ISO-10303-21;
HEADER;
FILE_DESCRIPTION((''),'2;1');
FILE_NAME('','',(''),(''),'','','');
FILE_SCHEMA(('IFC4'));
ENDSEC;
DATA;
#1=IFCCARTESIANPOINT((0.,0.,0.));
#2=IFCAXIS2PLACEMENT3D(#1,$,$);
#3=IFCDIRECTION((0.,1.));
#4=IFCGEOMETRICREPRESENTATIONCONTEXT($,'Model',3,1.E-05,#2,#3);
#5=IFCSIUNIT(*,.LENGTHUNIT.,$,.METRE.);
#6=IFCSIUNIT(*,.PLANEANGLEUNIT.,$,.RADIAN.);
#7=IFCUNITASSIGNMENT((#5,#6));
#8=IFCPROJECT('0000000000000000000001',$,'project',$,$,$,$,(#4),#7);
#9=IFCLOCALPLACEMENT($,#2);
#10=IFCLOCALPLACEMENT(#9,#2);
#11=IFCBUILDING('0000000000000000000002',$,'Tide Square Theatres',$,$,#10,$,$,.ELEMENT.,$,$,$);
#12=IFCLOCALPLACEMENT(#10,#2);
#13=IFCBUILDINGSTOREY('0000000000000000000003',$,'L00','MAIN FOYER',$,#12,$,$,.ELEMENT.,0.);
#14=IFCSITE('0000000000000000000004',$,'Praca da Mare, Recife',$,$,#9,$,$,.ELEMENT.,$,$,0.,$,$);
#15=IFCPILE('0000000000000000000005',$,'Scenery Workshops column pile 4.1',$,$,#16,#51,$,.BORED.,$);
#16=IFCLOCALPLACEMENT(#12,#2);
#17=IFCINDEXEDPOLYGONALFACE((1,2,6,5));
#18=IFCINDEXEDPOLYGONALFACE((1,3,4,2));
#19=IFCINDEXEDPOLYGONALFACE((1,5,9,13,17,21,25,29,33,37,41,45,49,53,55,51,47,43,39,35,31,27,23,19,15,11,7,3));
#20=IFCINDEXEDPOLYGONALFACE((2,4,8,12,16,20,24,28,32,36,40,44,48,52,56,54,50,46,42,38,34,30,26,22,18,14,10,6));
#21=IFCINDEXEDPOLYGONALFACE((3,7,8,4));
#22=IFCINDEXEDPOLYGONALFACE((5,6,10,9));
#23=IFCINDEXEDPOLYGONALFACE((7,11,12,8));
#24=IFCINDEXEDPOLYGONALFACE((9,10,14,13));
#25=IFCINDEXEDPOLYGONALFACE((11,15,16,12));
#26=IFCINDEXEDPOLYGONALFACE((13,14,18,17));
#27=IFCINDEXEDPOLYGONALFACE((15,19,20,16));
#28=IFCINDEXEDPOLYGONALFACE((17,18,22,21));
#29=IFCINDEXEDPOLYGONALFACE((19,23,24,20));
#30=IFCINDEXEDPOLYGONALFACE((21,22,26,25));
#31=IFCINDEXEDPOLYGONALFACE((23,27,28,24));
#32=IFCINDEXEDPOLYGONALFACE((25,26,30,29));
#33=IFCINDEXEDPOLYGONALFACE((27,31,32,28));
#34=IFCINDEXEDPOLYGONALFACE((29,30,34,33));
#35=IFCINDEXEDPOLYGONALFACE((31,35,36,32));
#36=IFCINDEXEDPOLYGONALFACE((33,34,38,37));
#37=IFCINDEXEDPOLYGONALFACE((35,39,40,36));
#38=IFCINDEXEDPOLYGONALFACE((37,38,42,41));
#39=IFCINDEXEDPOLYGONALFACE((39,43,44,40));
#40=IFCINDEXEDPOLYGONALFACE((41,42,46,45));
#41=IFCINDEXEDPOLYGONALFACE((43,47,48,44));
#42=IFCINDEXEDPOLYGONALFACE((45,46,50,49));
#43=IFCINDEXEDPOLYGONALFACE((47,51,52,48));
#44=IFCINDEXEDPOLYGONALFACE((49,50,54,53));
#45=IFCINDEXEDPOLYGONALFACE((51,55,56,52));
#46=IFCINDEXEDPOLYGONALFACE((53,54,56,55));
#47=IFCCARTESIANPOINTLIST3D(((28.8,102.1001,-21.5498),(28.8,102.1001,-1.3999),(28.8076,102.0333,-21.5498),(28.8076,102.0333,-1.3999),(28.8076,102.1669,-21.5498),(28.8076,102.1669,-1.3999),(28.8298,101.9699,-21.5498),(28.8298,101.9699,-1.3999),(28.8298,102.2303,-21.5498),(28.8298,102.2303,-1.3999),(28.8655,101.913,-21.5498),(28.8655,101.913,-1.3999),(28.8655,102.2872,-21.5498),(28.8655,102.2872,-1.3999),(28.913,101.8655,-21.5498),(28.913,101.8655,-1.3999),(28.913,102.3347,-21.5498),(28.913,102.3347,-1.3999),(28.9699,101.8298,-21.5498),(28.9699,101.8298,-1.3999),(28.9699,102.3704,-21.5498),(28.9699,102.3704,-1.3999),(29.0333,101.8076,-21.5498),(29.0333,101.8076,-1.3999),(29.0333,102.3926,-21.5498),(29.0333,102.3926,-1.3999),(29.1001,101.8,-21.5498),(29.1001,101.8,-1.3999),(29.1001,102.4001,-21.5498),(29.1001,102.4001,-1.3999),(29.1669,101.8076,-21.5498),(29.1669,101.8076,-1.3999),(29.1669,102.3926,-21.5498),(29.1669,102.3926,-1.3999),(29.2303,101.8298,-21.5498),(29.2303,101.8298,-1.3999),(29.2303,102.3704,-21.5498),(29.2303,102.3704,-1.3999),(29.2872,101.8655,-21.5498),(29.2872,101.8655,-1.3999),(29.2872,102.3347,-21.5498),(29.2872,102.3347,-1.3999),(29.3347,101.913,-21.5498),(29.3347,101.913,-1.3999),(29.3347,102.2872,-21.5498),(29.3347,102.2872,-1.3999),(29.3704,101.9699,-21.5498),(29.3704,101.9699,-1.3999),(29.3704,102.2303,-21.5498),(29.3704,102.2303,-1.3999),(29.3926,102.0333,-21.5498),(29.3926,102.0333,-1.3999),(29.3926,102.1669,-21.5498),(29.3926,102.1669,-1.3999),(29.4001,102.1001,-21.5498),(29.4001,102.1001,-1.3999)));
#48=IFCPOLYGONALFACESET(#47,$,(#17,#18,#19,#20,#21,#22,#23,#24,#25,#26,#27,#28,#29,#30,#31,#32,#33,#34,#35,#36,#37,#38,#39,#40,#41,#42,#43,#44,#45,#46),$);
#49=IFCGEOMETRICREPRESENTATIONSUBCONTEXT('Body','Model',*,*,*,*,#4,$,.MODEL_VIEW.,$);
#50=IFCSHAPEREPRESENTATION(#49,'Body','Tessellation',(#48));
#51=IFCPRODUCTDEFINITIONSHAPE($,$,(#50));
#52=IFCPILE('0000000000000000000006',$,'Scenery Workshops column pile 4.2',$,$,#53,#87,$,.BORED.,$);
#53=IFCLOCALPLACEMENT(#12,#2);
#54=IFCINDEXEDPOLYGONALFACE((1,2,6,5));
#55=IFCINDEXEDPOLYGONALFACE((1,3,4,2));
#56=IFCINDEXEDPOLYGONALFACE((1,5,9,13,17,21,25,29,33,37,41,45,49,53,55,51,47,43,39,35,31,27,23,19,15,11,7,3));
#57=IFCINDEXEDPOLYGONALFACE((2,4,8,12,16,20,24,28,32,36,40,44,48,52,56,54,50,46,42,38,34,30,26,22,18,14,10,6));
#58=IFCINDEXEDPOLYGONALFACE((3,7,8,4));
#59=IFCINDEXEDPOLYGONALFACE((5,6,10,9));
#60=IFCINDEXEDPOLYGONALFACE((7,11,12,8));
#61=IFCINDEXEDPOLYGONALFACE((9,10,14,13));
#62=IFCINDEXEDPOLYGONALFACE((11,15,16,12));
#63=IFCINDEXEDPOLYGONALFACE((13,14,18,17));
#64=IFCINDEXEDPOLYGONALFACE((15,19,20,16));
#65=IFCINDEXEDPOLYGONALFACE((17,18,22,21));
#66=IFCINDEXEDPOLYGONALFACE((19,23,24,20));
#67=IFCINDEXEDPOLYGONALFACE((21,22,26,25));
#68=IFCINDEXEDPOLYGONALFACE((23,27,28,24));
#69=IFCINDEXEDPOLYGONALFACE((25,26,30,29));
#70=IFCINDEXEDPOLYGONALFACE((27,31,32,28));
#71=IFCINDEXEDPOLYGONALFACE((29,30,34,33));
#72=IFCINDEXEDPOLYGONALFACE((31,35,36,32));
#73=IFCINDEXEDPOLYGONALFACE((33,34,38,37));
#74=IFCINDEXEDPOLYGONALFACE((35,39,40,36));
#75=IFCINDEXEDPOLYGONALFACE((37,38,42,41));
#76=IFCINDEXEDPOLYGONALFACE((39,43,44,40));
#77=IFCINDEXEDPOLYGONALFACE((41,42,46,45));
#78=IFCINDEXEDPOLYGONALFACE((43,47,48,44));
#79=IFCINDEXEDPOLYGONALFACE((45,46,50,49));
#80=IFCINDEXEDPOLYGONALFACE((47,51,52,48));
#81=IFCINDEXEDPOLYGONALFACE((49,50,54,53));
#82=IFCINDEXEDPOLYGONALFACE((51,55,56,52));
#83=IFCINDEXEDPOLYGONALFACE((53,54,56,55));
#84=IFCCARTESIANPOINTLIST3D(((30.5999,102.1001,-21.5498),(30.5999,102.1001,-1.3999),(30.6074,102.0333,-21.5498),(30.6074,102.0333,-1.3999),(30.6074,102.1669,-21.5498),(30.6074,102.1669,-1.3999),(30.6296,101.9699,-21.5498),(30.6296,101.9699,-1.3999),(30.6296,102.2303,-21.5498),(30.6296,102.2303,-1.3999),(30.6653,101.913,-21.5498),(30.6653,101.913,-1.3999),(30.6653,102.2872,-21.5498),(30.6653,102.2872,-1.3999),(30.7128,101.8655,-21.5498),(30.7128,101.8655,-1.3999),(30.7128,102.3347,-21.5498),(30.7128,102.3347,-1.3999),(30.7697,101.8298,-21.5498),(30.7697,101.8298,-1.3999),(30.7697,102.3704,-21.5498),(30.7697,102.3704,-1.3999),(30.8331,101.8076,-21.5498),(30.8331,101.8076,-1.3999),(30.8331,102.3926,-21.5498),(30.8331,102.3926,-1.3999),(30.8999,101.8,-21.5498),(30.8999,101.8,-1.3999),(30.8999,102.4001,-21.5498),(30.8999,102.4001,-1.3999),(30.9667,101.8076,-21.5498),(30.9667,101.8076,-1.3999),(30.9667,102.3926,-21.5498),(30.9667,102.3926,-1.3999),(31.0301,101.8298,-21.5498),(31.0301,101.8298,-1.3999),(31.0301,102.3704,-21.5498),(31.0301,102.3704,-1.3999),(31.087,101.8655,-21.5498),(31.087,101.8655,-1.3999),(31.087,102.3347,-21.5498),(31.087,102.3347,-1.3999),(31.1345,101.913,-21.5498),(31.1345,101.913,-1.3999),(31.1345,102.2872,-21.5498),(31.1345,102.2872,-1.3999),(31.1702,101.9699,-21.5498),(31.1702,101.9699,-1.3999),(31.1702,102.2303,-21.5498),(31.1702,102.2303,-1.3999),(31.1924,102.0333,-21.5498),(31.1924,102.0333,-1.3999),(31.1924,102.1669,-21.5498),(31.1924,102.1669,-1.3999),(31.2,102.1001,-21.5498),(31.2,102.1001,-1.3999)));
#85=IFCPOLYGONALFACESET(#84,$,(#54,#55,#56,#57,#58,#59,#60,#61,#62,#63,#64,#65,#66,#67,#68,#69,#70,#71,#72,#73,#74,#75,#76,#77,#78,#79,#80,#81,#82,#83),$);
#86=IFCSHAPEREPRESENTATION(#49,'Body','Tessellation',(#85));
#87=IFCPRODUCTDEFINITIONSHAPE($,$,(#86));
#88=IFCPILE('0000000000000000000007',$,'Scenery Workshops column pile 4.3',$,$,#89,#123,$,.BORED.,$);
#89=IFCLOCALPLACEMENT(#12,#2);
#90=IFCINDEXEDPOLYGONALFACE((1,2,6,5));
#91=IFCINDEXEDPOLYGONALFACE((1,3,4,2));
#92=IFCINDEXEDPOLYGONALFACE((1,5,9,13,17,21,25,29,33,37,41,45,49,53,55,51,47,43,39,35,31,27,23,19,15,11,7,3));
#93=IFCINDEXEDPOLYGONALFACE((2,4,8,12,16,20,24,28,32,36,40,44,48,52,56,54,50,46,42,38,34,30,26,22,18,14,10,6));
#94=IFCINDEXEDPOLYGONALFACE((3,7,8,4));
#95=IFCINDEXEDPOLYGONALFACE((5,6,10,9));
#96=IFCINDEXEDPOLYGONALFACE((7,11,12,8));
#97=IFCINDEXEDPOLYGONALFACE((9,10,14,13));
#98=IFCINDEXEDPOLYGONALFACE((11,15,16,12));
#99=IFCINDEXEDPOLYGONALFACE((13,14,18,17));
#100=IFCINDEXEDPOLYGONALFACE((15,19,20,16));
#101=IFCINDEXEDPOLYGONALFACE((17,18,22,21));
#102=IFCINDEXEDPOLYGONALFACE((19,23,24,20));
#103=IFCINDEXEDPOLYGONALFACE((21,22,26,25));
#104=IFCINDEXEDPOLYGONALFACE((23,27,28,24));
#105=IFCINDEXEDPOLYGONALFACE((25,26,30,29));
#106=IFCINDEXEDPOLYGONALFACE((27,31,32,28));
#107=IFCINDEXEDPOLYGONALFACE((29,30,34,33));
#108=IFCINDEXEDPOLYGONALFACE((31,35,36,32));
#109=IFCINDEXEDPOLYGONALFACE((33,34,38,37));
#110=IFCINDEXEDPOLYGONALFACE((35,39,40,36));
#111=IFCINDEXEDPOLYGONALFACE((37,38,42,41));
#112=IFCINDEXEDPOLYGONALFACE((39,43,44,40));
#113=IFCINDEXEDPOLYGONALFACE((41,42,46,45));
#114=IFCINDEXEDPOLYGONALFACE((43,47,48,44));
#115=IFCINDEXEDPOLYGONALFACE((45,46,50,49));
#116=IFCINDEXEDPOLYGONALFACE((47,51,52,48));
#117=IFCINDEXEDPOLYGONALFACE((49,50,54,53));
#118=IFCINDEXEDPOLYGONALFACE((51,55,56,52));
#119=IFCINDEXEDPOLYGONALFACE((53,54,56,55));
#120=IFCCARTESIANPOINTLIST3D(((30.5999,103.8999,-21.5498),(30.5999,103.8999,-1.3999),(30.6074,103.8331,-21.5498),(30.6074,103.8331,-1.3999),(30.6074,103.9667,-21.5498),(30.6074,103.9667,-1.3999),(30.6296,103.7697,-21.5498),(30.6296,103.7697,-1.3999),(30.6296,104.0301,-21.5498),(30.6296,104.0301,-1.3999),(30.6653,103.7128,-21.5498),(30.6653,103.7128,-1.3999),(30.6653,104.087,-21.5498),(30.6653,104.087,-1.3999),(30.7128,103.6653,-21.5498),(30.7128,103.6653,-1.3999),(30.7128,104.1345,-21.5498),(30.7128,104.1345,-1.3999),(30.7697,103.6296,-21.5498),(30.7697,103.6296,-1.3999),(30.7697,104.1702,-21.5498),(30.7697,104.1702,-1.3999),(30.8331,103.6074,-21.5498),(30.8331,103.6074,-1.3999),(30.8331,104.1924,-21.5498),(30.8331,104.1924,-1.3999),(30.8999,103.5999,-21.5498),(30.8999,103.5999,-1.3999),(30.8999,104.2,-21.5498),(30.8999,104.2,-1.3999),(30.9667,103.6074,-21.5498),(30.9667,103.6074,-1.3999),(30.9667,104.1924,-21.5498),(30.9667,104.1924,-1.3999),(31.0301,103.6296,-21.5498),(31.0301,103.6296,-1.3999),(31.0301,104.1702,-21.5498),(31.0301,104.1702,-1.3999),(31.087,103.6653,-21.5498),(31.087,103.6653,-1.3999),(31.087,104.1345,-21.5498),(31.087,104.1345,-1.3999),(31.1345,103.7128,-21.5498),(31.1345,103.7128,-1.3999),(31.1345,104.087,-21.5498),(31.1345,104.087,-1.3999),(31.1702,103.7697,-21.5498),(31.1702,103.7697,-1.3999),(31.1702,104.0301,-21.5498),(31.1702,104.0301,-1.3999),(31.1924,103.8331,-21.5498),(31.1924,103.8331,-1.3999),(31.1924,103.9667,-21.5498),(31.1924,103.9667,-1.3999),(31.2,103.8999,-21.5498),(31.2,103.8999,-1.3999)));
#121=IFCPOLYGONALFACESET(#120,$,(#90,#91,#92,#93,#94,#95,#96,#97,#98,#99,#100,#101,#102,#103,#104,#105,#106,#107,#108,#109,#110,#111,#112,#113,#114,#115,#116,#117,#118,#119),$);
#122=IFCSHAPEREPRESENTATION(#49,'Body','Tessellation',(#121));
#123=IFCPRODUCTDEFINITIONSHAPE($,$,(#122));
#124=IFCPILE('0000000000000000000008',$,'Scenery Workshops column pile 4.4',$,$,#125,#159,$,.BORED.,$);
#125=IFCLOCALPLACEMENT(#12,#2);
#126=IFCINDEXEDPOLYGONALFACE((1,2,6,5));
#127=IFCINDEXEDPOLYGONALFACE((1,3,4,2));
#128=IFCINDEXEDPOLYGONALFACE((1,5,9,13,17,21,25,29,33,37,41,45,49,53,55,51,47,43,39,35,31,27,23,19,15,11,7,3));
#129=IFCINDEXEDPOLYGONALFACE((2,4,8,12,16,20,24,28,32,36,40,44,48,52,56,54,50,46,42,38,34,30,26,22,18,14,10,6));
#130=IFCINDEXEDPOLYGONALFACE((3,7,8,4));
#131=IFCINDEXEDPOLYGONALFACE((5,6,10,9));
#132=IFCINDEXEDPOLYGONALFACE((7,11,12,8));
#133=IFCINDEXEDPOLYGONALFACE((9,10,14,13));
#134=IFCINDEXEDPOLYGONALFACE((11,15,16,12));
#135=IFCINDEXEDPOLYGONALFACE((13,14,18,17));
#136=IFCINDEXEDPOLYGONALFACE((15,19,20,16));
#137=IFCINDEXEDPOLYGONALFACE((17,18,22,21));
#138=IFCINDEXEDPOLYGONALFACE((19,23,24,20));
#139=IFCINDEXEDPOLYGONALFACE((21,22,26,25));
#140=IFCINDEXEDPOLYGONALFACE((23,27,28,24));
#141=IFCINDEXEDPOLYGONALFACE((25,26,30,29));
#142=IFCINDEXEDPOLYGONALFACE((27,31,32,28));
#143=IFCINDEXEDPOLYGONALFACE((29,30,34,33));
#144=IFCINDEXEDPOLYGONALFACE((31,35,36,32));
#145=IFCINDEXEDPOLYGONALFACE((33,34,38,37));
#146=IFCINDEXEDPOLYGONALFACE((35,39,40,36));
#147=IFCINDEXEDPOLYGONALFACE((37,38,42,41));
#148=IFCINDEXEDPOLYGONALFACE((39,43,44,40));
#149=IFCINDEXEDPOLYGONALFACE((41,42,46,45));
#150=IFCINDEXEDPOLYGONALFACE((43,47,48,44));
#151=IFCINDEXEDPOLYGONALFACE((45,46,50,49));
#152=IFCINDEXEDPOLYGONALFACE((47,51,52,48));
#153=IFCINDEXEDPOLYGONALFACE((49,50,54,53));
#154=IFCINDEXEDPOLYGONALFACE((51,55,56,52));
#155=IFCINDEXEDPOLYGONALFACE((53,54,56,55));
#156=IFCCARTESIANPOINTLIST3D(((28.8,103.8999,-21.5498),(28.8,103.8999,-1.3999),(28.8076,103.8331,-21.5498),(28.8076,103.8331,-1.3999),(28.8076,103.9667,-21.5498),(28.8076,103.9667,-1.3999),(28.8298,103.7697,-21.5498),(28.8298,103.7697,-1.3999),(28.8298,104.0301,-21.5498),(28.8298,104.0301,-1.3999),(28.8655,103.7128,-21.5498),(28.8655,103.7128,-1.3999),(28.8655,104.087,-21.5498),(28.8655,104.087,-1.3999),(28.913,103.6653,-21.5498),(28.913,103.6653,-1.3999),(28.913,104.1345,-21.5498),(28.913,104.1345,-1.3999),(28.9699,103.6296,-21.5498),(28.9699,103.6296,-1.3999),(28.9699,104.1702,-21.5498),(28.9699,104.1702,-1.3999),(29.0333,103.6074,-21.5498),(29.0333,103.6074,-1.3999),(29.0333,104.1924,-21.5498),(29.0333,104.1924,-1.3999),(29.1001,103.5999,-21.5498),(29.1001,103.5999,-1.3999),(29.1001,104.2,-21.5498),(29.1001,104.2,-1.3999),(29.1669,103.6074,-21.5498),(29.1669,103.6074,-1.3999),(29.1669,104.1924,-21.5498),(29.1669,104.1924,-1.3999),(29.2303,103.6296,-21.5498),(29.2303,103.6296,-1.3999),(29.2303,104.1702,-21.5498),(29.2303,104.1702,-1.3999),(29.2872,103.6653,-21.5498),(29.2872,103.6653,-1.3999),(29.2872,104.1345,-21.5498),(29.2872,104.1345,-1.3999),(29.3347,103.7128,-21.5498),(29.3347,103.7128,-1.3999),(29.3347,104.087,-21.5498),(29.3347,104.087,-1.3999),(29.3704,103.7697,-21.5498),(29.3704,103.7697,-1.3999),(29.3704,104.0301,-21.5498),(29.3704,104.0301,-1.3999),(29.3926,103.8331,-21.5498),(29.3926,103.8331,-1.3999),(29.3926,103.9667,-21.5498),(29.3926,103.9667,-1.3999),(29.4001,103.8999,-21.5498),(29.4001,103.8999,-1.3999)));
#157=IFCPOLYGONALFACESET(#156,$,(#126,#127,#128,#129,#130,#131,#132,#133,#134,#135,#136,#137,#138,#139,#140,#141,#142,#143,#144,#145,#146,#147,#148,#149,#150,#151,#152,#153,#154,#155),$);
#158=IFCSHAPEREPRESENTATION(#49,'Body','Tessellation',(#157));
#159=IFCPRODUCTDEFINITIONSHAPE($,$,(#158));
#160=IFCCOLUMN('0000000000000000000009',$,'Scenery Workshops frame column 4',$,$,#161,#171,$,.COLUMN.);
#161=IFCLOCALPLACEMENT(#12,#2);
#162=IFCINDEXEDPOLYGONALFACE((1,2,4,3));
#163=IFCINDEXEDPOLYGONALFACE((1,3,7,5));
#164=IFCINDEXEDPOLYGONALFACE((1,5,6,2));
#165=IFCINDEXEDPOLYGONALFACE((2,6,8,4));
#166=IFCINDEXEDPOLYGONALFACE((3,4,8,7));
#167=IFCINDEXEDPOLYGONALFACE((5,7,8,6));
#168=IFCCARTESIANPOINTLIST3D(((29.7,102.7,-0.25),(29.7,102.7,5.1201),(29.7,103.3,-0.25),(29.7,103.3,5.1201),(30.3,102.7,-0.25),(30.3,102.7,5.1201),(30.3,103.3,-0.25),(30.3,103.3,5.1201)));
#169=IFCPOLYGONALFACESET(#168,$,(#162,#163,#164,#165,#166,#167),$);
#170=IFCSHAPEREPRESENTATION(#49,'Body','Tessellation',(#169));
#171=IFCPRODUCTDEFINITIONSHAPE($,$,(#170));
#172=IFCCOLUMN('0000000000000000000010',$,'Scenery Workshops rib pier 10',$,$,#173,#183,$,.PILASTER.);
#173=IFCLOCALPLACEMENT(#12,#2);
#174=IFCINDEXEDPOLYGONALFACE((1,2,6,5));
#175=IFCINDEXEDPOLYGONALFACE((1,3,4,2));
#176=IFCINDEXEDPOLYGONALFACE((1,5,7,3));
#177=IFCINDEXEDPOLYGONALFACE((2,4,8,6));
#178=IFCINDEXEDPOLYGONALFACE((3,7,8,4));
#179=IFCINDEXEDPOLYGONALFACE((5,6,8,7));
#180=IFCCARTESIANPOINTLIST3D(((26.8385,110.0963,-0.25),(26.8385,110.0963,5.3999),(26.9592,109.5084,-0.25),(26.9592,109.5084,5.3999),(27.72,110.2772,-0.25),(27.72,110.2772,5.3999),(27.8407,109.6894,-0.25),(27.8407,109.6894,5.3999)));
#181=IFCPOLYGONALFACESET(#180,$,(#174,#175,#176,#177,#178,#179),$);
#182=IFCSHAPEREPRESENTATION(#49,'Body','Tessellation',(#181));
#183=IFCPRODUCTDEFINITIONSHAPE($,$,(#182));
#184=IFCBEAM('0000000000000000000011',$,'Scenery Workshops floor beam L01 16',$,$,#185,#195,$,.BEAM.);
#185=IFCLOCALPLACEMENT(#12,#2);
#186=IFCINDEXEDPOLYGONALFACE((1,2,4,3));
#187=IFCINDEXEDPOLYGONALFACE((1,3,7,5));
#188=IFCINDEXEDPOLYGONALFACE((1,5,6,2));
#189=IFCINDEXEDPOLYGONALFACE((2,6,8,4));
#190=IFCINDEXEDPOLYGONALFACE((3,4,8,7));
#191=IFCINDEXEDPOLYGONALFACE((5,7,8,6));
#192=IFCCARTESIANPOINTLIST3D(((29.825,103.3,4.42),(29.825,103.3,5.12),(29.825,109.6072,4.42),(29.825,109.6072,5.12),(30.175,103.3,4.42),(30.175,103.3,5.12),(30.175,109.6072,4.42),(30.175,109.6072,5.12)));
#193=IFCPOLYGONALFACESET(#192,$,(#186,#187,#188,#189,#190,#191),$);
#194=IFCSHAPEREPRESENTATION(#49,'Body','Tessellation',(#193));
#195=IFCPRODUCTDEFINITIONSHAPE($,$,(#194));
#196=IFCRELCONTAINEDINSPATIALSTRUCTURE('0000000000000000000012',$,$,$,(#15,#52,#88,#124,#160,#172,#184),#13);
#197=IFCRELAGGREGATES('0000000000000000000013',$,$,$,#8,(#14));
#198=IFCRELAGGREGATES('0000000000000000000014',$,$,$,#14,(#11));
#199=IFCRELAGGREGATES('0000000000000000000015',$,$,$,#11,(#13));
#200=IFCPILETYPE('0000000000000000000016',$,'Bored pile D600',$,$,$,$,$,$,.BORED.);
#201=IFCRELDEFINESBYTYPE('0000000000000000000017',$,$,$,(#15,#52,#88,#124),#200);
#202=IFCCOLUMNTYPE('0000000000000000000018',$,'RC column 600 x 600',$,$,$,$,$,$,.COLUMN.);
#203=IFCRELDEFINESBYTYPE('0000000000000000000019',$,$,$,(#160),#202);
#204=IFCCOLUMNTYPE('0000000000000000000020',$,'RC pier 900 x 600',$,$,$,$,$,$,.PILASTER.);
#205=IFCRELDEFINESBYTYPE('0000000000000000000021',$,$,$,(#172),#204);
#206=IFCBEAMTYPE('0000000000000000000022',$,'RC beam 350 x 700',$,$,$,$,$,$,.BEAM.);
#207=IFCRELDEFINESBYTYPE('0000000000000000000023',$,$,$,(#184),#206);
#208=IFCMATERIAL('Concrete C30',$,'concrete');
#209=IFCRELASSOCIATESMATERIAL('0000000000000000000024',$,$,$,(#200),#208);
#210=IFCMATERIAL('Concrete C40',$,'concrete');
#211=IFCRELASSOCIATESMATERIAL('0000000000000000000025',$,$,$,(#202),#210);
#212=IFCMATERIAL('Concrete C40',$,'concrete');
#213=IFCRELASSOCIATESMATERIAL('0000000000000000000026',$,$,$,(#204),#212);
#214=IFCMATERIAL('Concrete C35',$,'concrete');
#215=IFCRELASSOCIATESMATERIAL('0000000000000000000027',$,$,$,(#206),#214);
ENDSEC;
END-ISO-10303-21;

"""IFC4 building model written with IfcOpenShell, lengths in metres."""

from ifc_helpers import new_model, si_unit, direction, frame, origin, origin_2d, place, context, subcontext, project, spatial, rectangle, circle, extrude, material, material_profile, profile_set, type_object, element, save


model = new_model("IFC4")

# Units and contexts
model_context = context("Model", 3, precision=1e-05, world=origin(), true_north=direction((0.0, 1.0)))
body_context = subcontext(model_context, "Body", "Model", "MODEL_VIEW")
ifc_project = project(units=[si_unit("LENGTHUNIT", "METRE"), si_unit("PLANEANGLEUNIT", "RADIAN")], contexts=[model_context])

# Site, building, storey
site_placement = place(None, origin())
site = spatial("IfcSite", under=ifc_project, at=site_placement, Name="Praca da Mare, Recife", CompositionType="ELEMENT", RefElevation=0.0)
building_placement = place(site_placement, origin())
building = spatial("IfcBuilding", under=site, at=building_placement, Name="Tide Square Theatres", CompositionType="ELEMENT")
storey_placement = place(building_placement, origin())
storey = spatial("IfcBuildingStorey", under=building, at=storey_placement, Name="L00", Description="MAIN FOYER", CompositionType="ELEMENT", Elevation=0.0)

# Piles
ifc_material_1 = material(Name="Concrete C30", Category="concrete")
ifc_material_profile_1 = material_profile(ifc_material_1, circle(Radius=0.3, at=origin_2d()))
ifc_profile_set_1 = profile_set([ifc_material_profile_1], Name="Concrete C30")
pile_type = type_object("IfcPileType", Name="Bored pile D600", PredefinedType="BORED", material=ifc_profile_set_1)
for number, where, z_axis, x_axis, name in (
    (1, (29.1001, 102.1001, -1.3999), (0.0, 0.0, -1.0), (1.0, 0.0, 0.0), "Scenery Workshops column pile 4.1"),
    (2, (30.8999, 102.1001, -1.3999), (0.0, 0.0, -1.0), (1.0, 0.0, 0.0), "Scenery Workshops column pile 4.2"),
    (3, (30.8999, 103.8999, -1.3999), (0.0, 0.0, -1.0), (1.0, 0.0, 0.0), "Scenery Workshops column pile 4.3"),
    (4, (29.1001, 103.8999, -1.3999), (0.0, 0.0, -1.0), (1.0, 0.0, 0.0), "Scenery Workshops column pile 4.4"),
):
    element("IfcPile", number, at=place(storey_placement, frame(where, z_axis=z_axis, x_axis=x_axis)), inside=storey, type_object=pile_type, Name=name, PredefinedType="BORED", context=body_context, shape_type="SweptSolid", body=[
        extrude(circle(Radius=0.3, at=origin_2d()), origin(), (0.0, 0.0, 1.0), 20.1499),
    ])

# Columns
ifc_material_2 = material(Name="Concrete C40", Category="concrete")
ifc_material_profile_2 = material_profile(ifc_material_2, rectangle(XDim=0.6001, YDim=0.6001, at=origin_2d()))
ifc_profile_set_2 = profile_set([ifc_material_profile_2], Name="Concrete C40")
column_type_1 = type_object("IfcColumnType", Name="RC column 600 x 600", PredefinedType="COLUMN", material=ifc_profile_set_2)
column_1_placement = place(storey_placement, frame((30.0, 103.0, -0.25), z_axis=(0.0, 0.0, 1.0), x_axis=(1.0, 0.0, 0.0)))
element("IfcColumn", 5, at=column_1_placement, inside=storey, type_object=column_type_1, Name="Scenery Workshops frame column 4", PredefinedType="COLUMN", context=body_context, shape_type="SweptSolid", body=[
    extrude(rectangle(XDim=0.6001, YDim=0.6001, at=origin_2d()), origin(), (0.0, 0.0, 1.0), 5.3701),
])
ifc_material_3 = material(Name="Concrete C40", Category="concrete")
ifc_material_profile_3 = material_profile(ifc_material_3, rectangle(XDim=0.8999, YDim=0.6001, at=origin_2d()))
ifc_profile_set_3 = profile_set([ifc_material_profile_3], Name="Concrete C40")
column_type_2 = type_object("IfcColumnType", Name="RC pier 900 x 600", PredefinedType="PILASTER", material=ifc_profile_set_3)
column_2_placement = place(storey_placement, frame((27.3396, 109.8928, -0.25), z_axis=(0.0, 0.0, 1.0), x_axis=(-0.979575, -0.201079, 0.0)))
element("IfcColumn", 6, at=column_2_placement, inside=storey, type_object=column_type_2, Name="Scenery Workshops rib pier 10", PredefinedType="PILASTER", context=body_context, shape_type="SweptSolid", body=[
    extrude(rectangle(XDim=0.8999, YDim=0.6001, at=origin_2d()), origin(), (0.0, 0.0, 1.0), 5.6499),
])

# Beam
ifc_material_4 = material(Name="Concrete C35", Category="concrete")
ifc_material_profile_4 = material_profile(ifc_material_4, rectangle(XDim=0.3501, YDim=0.7, at=origin_2d()))
ifc_profile_set_4 = profile_set([ifc_material_profile_4], Name="Concrete C35")
beam_type_1 = type_object("IfcBeamType", Name="RC beam 350 x 700", PredefinedType="BEAM", material=ifc_profile_set_4)
beam_1_placement = place(storey_placement, frame((30.0, 103.3, 4.77), z_axis=(0.0, 1.0, 0.0), x_axis=(-1.0, 0.0, 0.0)))
element("IfcBeam", 7, at=beam_1_placement, inside=storey, type_object=beam_type_1, Name="Scenery Workshops floor beam L01 16", PredefinedType="BEAM", context=body_context, shape_type="SweptSolid", body=[
    extrude(rectangle(XDim=0.3501, YDim=0.7, at=origin_2d()), origin(), (0.0, 0.0, 1.0), 6.3071),
])

save(model, "model.ifc")
